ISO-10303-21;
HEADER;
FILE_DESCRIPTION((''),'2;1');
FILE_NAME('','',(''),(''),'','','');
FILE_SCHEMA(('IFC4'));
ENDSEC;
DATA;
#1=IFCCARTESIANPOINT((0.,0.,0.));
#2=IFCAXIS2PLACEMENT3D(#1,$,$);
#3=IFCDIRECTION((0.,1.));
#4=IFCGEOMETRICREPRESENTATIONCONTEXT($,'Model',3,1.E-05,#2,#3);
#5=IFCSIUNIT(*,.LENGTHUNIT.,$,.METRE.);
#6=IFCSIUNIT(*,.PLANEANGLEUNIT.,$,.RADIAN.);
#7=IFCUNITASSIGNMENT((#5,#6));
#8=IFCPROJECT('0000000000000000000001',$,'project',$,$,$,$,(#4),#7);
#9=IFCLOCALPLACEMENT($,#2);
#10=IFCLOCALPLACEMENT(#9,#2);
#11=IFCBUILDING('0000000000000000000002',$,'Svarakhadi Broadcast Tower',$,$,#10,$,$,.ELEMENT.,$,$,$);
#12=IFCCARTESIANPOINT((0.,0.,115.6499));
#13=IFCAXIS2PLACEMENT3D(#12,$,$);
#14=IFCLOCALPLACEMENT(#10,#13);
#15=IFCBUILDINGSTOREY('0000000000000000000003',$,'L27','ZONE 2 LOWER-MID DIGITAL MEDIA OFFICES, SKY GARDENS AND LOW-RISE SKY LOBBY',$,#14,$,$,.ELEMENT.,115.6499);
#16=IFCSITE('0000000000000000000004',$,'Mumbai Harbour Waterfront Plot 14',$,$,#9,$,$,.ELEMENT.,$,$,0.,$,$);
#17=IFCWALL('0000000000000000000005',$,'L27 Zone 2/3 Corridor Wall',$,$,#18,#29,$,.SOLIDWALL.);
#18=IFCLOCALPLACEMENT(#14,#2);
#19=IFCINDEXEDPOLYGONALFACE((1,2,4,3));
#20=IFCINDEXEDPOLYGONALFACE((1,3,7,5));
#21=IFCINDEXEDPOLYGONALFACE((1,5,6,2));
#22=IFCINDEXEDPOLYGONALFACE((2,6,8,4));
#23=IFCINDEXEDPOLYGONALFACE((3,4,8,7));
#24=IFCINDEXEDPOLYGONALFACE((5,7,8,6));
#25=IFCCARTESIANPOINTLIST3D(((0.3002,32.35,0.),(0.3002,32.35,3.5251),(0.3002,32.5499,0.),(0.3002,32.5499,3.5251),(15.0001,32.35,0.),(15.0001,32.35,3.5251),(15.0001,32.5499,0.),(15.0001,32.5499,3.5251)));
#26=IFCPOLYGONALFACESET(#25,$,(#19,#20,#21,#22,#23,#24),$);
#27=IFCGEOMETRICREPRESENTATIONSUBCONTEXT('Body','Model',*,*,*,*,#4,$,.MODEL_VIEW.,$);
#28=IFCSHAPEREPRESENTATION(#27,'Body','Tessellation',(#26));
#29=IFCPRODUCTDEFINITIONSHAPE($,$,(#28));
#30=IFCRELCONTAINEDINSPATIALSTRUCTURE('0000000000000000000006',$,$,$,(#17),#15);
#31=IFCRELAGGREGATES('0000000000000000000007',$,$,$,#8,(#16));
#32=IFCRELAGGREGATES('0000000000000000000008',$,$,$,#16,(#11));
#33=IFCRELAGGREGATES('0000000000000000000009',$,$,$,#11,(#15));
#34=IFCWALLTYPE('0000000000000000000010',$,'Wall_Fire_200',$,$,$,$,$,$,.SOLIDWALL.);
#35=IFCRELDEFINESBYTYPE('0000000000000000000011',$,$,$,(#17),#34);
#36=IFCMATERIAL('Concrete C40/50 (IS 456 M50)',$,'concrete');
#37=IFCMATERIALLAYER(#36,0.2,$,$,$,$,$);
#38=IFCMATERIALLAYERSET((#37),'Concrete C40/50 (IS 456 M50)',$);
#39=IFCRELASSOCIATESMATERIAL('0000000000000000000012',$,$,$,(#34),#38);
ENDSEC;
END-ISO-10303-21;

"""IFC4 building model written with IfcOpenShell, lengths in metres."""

from ifc_helpers import new_model, si_unit, direction, frame, frame_2d, origin, place, context, subcontext, project, spatial, rectangle, extrude, material, layer, layer_set, type_object, element, save


model = new_model("IFC4")

# Units and contexts
model_context = context("Model", 3, precision=1e-05, world=origin(), true_north=direction((0.0, 1.0)))
body_context = subcontext(model_context, "Body", "Model", "MODEL_VIEW")
ifc_project = project(units=[si_unit("LENGTHUNIT", "METRE"), si_unit("PLANEANGLEUNIT", "RADIAN")], contexts=[model_context])

# Site, building, storey
site_placement = place(None, origin())
site = spatial("IfcSite", under=ifc_project, at=site_placement, Name="Mumbai Harbour Waterfront Plot 14", CompositionType="ELEMENT", RefElevation=0.0)
building_placement = place(site_placement, origin())
building = spatial("IfcBuilding", under=site, at=building_placement, Name="Svarakhadi Broadcast Tower", CompositionType="ELEMENT")
storey_placement = place(building_placement, frame((0.0, 0.0, 115.6499)))
storey = spatial("IfcBuildingStorey", under=building, at=storey_placement, Name="L27", Description="ZONE 2 LOWER-MID DIGITAL MEDIA OFFICES, SKY GARDENS AND LOW-RISE SKY LOBBY", CompositionType="ELEMENT", Elevation=115.6499)

# Wall
ifc_material_1 = material(Name="Concrete C40/50 (IS 456 M50)", Category="concrete")
ifc_layer_1 = layer(ifc_material_1, 0.2)
ifc_layer_set_1 = layer_set([ifc_layer_1], Name="Concrete C40/50 (IS 456 M50)")
wall_type_1 = type_object("IfcWallType", Name="Wall_Fire_200", PredefinedType="SOLIDWALL", material=ifc_layer_set_1)
wall_1_placement = place(storey_placement, frame((0.3, 32.45, 0.0), z_axis=(0.0, 0.0, 1.0), x_axis=(1.0, 0.0, 0.0)))
element("IfcWall", 1, at=wall_1_placement, inside=storey, type_object=wall_type_1, Name="L27 Zone 2/3 Corridor Wall", PredefinedType="SOLIDWALL", context=body_context, shape_type="SweptSolid", body=[
    extrude(rectangle(XDim=14.7, YDim=0.2, at=frame_2d((7.3501, 0.0))), origin(), (0.0, 0.0, 1.0), 3.5251),
])

save(model, "model.ifc")
